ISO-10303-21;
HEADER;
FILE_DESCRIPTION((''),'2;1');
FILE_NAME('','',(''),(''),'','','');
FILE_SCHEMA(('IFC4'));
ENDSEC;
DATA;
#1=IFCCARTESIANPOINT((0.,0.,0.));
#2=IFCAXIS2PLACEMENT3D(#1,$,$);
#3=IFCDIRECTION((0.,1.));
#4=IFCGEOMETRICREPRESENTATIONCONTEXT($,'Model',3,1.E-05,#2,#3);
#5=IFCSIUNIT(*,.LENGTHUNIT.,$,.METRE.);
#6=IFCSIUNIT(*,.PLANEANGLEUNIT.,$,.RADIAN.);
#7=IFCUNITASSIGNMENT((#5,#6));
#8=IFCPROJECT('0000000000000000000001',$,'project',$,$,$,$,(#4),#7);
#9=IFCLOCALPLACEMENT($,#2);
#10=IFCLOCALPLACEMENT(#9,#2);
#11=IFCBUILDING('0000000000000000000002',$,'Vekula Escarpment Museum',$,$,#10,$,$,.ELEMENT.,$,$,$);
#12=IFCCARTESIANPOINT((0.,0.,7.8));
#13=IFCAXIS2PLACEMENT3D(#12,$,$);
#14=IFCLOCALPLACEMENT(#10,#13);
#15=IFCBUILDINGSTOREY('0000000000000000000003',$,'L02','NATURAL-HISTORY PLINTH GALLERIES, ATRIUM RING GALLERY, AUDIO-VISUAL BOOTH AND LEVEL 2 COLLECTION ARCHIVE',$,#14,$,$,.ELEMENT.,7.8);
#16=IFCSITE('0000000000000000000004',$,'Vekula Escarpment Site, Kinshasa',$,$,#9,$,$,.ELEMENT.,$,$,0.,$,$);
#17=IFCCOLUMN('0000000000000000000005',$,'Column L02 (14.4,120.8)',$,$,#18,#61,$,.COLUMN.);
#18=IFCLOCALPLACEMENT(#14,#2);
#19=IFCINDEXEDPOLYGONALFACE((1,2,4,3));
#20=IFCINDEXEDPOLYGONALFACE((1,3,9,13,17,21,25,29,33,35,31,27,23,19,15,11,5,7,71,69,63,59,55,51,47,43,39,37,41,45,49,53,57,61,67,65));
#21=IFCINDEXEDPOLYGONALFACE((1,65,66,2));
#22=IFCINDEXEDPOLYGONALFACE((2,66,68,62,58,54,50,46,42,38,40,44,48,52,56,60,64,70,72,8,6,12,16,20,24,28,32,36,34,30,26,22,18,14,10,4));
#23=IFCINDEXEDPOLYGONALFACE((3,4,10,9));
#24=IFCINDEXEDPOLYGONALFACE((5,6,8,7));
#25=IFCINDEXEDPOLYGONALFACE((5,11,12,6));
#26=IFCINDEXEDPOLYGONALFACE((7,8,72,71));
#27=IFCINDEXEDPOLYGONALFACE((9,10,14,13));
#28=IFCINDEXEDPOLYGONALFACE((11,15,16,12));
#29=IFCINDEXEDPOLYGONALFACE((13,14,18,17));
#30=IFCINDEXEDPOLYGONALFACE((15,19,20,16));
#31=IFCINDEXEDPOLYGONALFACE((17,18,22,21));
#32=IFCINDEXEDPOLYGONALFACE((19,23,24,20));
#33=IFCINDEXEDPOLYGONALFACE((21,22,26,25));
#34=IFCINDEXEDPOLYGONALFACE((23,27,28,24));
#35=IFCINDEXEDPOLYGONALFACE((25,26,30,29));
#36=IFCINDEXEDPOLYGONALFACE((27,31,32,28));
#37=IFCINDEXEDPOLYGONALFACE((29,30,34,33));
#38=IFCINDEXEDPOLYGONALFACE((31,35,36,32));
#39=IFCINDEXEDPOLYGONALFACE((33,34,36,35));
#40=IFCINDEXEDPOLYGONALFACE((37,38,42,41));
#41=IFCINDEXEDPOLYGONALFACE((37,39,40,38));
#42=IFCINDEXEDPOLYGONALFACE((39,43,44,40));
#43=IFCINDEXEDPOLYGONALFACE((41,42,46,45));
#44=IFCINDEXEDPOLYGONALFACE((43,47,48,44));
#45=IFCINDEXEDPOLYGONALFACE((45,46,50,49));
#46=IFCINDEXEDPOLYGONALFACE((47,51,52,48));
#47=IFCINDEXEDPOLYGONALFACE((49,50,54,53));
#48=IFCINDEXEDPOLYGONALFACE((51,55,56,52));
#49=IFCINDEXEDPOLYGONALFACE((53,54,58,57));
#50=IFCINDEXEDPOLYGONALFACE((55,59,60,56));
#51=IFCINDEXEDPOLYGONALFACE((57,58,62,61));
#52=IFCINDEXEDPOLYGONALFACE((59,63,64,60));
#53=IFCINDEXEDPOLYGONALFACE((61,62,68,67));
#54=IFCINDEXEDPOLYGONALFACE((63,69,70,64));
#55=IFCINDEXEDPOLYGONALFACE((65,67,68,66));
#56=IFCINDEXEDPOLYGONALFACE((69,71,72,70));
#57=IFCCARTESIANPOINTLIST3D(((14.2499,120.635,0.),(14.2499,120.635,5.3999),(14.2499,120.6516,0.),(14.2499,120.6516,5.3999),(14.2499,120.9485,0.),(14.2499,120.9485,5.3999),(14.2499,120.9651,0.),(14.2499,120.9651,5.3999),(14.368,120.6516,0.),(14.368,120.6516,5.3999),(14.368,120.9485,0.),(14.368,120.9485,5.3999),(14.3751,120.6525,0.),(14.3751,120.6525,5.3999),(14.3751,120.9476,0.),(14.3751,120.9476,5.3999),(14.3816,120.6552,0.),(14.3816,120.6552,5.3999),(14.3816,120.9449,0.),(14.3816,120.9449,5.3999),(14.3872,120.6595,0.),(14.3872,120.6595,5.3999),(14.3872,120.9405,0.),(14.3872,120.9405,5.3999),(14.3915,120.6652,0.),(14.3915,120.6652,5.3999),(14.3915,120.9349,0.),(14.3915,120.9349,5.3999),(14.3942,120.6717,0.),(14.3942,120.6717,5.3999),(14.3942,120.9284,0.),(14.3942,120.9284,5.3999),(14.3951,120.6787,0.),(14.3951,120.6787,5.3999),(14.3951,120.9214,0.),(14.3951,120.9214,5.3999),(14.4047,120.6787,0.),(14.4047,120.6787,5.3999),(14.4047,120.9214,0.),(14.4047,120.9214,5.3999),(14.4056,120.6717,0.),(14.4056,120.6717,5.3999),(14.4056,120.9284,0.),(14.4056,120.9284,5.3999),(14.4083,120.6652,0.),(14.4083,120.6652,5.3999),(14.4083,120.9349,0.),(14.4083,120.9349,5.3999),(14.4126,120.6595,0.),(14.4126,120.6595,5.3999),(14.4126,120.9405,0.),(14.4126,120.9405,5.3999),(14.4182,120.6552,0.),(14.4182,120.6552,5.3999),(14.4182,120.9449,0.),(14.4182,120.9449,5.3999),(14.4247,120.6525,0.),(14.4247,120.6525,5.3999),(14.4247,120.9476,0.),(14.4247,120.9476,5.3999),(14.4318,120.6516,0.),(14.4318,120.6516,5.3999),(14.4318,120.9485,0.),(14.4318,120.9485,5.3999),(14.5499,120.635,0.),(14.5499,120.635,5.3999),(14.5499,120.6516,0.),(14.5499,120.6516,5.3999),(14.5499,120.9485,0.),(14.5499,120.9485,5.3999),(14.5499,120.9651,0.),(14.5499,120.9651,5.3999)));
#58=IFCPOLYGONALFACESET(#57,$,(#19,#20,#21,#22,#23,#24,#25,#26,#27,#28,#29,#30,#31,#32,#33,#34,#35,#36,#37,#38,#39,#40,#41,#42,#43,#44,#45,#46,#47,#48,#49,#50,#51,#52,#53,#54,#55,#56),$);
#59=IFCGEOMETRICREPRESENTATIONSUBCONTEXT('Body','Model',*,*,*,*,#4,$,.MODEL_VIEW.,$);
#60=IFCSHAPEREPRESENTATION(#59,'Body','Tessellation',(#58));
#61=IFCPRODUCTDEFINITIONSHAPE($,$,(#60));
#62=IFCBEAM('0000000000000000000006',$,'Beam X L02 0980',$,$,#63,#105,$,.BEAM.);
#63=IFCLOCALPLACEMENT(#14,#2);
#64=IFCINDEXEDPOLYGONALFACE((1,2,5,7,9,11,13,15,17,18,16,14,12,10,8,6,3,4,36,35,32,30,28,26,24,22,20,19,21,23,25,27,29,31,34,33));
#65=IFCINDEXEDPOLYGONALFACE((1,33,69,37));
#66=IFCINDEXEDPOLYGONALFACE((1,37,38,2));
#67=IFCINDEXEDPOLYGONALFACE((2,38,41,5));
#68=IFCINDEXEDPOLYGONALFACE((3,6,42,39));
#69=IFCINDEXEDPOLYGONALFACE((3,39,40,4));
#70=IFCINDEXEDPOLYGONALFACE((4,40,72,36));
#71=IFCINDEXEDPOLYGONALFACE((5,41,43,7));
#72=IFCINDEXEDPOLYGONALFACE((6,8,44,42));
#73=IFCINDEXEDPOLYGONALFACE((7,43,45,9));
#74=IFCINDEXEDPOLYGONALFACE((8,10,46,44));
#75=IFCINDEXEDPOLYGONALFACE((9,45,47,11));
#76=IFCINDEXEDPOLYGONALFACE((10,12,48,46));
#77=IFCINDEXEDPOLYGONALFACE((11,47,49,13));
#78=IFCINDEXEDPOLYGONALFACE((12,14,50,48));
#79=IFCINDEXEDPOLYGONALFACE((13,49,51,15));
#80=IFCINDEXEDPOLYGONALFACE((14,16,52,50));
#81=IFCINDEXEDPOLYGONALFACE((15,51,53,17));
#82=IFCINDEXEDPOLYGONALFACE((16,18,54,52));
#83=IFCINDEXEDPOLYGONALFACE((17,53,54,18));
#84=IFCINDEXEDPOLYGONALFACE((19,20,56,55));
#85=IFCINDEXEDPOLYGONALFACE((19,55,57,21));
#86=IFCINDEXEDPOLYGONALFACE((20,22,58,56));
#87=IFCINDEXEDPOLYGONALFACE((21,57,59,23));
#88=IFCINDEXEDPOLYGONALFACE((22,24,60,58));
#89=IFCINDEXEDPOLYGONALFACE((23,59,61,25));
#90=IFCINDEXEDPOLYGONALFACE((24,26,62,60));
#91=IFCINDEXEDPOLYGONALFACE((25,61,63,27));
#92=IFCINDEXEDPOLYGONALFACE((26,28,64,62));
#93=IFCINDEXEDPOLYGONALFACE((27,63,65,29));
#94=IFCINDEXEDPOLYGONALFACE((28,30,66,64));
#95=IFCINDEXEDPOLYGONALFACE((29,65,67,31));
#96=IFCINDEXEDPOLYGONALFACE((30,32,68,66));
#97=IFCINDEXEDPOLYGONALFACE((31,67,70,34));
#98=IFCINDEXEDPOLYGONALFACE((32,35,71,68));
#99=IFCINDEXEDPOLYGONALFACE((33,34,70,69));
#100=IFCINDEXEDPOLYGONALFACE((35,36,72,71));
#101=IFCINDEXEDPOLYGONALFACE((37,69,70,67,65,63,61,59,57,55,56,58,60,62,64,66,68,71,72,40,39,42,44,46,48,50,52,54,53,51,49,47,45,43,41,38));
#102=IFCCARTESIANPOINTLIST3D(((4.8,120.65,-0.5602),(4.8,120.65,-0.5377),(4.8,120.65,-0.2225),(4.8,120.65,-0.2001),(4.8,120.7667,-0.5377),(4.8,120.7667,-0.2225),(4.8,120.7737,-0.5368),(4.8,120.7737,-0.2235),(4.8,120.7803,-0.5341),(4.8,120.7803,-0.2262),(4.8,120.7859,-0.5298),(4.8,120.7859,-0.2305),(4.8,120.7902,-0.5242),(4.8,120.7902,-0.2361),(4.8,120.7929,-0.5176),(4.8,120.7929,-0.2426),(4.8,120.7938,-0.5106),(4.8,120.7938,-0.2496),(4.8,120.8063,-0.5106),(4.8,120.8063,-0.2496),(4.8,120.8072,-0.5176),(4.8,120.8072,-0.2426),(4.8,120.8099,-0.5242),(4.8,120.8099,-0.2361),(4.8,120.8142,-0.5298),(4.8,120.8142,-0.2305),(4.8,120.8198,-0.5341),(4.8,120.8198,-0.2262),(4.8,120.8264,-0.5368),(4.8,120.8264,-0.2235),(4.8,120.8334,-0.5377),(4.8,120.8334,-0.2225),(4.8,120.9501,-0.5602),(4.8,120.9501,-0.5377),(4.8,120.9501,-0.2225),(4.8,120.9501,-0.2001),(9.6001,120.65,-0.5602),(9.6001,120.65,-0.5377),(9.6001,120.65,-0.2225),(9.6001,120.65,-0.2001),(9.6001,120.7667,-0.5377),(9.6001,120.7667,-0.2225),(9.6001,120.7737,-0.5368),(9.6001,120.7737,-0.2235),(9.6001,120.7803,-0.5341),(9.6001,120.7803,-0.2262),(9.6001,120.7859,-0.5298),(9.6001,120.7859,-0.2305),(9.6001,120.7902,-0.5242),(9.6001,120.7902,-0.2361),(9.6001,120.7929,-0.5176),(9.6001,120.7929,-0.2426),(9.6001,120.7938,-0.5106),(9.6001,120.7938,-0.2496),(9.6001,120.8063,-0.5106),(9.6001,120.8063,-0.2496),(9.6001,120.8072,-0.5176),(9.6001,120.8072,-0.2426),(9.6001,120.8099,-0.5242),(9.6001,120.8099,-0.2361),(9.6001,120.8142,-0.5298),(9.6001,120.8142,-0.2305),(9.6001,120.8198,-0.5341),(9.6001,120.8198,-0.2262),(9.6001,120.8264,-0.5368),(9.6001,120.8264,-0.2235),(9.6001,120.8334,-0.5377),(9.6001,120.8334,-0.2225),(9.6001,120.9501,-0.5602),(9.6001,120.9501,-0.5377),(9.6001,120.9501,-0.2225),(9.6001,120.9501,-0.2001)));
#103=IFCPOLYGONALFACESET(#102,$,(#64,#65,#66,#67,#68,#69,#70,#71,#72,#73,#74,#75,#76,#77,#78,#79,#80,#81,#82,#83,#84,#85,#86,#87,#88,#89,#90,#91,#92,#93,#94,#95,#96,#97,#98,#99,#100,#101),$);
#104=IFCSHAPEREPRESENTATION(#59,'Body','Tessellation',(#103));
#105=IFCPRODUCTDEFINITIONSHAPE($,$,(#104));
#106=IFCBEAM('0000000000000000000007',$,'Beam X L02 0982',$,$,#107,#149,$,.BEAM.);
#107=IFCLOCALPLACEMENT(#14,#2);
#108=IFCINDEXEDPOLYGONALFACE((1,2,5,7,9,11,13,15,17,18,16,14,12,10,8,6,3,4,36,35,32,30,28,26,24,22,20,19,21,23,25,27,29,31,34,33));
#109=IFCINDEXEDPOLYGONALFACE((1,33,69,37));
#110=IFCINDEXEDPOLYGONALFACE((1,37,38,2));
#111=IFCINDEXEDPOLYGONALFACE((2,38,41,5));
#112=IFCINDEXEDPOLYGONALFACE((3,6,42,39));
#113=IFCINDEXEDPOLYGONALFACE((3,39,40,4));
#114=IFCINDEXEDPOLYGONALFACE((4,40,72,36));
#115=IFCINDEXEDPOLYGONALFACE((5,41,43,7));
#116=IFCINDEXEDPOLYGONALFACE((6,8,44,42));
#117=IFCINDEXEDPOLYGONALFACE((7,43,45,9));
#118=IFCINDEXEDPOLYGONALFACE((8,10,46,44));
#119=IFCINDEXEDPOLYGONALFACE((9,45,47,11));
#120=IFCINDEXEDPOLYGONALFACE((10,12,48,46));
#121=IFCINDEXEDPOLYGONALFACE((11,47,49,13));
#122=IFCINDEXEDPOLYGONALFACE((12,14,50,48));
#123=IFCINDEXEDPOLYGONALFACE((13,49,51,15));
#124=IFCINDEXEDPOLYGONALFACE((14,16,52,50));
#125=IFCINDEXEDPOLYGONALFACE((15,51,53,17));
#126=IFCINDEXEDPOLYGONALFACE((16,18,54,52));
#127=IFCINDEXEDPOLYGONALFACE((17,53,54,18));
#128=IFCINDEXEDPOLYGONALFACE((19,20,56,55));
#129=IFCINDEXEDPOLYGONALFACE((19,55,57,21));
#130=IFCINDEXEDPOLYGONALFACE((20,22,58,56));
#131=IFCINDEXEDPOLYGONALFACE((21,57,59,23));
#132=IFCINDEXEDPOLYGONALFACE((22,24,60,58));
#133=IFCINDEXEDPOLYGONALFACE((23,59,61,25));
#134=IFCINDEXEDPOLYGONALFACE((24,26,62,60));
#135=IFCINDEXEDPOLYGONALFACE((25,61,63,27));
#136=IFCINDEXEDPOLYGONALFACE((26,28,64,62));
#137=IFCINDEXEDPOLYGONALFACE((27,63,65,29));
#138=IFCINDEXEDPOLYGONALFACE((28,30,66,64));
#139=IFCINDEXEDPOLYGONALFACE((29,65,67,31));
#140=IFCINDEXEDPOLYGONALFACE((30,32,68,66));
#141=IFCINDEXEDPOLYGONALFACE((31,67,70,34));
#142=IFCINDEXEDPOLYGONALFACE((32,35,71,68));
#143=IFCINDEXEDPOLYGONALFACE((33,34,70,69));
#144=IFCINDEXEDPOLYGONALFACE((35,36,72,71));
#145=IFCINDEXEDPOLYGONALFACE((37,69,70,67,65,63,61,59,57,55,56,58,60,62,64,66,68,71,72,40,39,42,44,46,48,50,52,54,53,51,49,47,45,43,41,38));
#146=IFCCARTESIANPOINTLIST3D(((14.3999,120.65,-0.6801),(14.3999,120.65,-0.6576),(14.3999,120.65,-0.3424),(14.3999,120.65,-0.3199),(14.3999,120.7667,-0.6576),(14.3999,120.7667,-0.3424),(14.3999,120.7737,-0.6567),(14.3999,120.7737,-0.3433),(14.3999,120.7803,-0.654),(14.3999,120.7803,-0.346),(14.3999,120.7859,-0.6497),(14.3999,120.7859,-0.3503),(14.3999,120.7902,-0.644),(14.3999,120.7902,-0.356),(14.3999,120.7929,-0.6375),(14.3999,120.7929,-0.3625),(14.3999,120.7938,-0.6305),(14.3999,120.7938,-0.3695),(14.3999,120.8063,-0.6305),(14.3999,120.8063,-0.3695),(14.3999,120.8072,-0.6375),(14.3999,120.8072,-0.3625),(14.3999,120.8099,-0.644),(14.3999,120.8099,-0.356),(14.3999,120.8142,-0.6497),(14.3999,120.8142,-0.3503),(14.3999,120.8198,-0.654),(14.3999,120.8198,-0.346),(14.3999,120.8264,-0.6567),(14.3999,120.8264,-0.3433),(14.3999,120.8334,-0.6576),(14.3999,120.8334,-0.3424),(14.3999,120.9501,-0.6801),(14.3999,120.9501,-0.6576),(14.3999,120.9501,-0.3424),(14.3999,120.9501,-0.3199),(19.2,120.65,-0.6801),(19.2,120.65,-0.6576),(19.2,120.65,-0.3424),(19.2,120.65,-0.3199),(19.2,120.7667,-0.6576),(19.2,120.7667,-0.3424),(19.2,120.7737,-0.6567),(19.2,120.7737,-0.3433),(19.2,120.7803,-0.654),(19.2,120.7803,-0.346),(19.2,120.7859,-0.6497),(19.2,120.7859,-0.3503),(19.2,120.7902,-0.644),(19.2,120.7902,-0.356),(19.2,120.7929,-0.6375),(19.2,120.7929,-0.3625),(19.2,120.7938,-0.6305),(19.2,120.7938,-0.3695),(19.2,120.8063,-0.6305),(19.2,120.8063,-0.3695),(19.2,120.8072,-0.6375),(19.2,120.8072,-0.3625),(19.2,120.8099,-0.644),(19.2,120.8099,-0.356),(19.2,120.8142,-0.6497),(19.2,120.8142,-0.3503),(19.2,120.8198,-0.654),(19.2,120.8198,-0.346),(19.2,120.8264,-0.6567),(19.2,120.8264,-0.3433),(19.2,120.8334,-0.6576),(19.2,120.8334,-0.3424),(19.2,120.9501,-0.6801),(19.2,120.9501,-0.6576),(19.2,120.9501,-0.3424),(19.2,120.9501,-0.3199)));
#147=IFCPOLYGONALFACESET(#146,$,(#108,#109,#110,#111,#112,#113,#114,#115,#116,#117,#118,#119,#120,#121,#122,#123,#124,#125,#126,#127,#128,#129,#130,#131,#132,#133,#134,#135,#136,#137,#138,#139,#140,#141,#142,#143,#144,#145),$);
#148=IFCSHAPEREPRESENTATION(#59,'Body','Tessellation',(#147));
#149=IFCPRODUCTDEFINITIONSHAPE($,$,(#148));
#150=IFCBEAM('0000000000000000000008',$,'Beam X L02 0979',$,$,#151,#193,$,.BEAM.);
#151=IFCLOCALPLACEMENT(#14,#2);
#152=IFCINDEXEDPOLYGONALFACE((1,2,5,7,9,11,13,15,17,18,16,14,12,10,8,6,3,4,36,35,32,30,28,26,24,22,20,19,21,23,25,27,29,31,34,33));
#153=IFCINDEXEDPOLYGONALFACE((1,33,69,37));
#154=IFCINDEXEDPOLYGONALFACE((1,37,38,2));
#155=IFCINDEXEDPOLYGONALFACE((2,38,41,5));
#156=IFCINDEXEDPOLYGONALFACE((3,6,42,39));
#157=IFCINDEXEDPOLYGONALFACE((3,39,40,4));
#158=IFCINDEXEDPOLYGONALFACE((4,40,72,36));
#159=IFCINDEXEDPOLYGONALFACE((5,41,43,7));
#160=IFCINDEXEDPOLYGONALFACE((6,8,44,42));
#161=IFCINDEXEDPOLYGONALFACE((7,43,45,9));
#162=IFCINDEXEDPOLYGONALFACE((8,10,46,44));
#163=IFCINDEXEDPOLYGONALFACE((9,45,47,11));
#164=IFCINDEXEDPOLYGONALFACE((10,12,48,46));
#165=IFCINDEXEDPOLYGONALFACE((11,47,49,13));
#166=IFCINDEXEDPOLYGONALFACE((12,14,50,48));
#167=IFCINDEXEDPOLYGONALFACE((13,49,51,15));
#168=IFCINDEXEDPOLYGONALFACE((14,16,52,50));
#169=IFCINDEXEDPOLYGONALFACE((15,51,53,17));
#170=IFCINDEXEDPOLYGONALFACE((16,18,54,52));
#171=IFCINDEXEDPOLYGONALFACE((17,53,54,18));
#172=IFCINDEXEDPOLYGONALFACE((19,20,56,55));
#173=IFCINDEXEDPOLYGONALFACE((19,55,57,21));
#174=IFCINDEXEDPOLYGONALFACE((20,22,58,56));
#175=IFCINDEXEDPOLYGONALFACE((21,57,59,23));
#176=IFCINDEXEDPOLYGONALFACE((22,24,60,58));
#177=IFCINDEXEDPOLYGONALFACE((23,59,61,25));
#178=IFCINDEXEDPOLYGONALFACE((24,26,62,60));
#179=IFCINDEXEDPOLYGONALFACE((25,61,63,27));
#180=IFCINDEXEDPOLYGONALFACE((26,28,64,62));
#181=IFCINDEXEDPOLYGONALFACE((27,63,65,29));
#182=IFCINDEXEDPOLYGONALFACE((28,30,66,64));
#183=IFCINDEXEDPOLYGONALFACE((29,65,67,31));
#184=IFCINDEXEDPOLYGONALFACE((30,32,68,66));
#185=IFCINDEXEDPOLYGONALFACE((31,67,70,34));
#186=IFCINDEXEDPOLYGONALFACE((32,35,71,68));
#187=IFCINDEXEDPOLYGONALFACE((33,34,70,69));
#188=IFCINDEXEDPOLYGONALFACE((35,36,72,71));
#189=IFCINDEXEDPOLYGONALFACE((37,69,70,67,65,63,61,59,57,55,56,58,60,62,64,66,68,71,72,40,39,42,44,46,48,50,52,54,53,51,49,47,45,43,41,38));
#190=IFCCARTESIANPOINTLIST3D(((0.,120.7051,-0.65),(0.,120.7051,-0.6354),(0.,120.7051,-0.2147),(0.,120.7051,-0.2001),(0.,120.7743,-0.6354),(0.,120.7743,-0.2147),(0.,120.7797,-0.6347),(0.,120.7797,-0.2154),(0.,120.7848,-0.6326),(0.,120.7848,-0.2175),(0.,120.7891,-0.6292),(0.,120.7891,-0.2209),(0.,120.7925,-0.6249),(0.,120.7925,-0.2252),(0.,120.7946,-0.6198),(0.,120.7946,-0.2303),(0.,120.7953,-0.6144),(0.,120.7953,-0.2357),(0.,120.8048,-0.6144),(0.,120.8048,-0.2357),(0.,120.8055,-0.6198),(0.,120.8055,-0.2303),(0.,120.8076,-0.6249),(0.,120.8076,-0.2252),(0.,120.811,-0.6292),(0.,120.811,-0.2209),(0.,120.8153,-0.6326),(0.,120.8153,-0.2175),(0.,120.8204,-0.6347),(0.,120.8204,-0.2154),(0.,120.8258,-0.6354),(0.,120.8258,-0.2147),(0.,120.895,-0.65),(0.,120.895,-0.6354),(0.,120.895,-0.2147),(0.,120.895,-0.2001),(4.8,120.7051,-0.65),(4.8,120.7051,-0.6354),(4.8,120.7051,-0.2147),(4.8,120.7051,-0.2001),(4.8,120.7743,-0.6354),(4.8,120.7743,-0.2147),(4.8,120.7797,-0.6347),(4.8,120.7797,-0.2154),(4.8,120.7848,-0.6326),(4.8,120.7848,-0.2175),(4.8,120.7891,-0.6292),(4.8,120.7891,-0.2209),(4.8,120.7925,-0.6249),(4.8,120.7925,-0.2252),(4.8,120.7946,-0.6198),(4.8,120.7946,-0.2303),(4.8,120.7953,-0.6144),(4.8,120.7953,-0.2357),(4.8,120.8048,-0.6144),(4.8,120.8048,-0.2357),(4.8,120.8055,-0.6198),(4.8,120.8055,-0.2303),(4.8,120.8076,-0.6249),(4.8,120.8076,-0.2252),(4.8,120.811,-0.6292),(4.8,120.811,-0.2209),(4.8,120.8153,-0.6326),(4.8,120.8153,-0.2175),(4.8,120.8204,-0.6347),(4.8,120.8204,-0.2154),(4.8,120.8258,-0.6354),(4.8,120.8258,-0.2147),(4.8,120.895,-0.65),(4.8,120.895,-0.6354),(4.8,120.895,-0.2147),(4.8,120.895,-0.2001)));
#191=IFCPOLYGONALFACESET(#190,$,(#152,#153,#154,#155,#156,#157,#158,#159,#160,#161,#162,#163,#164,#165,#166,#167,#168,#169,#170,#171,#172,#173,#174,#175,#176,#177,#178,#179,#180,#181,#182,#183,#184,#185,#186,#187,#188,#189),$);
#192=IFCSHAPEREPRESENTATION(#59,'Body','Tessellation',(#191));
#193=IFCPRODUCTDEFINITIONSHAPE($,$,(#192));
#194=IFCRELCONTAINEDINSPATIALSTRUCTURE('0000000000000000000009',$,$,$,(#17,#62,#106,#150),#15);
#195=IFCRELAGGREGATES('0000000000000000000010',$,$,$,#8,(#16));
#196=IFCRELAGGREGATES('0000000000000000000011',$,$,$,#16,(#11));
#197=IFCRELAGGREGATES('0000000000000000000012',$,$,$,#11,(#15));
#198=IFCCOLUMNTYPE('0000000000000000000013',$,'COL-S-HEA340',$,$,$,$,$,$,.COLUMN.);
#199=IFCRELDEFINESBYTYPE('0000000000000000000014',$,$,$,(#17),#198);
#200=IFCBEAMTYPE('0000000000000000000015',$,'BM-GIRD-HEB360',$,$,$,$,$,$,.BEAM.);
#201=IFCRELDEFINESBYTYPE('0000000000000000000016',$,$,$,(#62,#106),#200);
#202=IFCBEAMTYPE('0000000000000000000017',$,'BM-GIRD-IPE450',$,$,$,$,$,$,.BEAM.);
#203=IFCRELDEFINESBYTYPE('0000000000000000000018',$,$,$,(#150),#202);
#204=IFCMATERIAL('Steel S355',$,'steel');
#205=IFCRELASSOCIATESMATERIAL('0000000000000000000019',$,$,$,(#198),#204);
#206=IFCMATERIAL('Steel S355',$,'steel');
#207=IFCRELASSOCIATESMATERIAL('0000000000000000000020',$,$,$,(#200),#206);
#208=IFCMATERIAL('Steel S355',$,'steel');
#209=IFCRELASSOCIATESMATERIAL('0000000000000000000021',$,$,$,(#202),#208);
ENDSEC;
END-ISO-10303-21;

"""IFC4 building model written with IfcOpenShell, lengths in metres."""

from ifc_helpers import new_model, si_unit, direction, frame, origin, origin_2d, place, context, subcontext, project, spatial, i_section, extrude, material, material_profile, profile_set, type_object, element, save


model = new_model("IFC4")

# Units and contexts
model_context = context("Model", 3, precision=1e-05, world=origin(), true_north=direction((0.0, 1.0)))
body_context = subcontext(model_context, "Body", "Model", "MODEL_VIEW")
ifc_project = project(units=[si_unit("LENGTHUNIT", "METRE"), si_unit("PLANEANGLEUNIT", "RADIAN")], contexts=[model_context])

# Site, building, storey
site_placement = place(None, origin())
site = spatial("IfcSite", under=ifc_project, at=site_placement, Name="Vekula Escarpment Site, Kinshasa", CompositionType="ELEMENT", RefElevation=0.0)
building_placement = place(site_placement, origin())
building = spatial("IfcBuilding", under=site, at=building_placement, Name="Vekula Escarpment Museum", CompositionType="ELEMENT")
storey_placement = place(building_placement, frame((0.0, 0.0, 7.8)))
storey = spatial("IfcBuildingStorey", under=building, at=storey_placement, Name="L02", Description="NATURAL-HISTORY PLINTH GALLERIES, ATRIUM RING GALLERY, AUDIO-VISUAL BOOTH AND LEVEL 2 COLLECTION ARCHIVE", CompositionType="ELEMENT", Elevation=7.8)

# Column
ifc_material_1 = material(Name="Steel S355", Category="steel")
ifc_material_profile_1 = material_profile(ifc_material_1, i_section(OverallWidth=0.3, OverallDepth=0.3301, WebThickness=0.0095, FlangeThickness=0.0166, FilletRadius=0.0271, at=origin_2d()), Name="HEA 340")
ifc_profile_set_1 = profile_set([ifc_material_profile_1], Name="Steel S355")
column_type = type_object("IfcColumnType", Name="COL-S-HEA340", PredefinedType="COLUMN", material=ifc_profile_set_1)
column_placement = place(storey_placement, frame((14.3999, 120.8, 0.0), z_axis=(0.0, 0.0, 1.0), x_axis=(1.0, 0.0, 0.0)))
element("IfcColumn", 1, at=column_placement, inside=storey, type_object=column_type, Name="Column L02 (14.4,120.8)", PredefinedType="COLUMN", context=body_context, shape_type="SweptSolid", body=[
    extrude(i_section(OverallWidth=0.3, OverallDepth=0.3301, WebThickness=0.0095, FlangeThickness=0.0166, FilletRadius=0.0271, at=origin_2d()), origin(), (0.0, 0.0, 1.0), 5.3999),
])

# Beams
ifc_material_2 = material(Name="Steel S355", Category="steel")
ifc_material_profile_2 = material_profile(ifc_material_2, i_section(OverallWidth=0.3, OverallDepth=0.3601, WebThickness=0.0125, FlangeThickness=0.0225, FilletRadius=0.0271, at=origin_2d()), Name="HEB 360")
ifc_profile_set_2 = profile_set([ifc_material_profile_2], Name="Steel S355")
beam_type_1 = type_object("IfcBeamType", Name="BM-GIRD-HEB360", PredefinedType="BEAM", material=ifc_profile_set_2)
for number, where, z_axis, x_axis, name in (
    (2, (4.8, 120.8, -0.3801), (1.0, 0.0, 0.0), (0.0, 1.0, 0.0), "Beam X L02 0980"),
    (3, (14.3999, 120.8, -0.5), (1.0, 0.0, 0.0), (0.0, 1.0, 0.0), "Beam X L02 0982"),
):
    element("IfcBeam", number, at=place(storey_placement, frame(where, z_axis=z_axis, x_axis=x_axis)), inside=storey, type_object=beam_type_1, Name=name, PredefinedType="BEAM", context=body_context, shape_type="SweptSolid", body=[
        extrude(i_section(OverallWidth=0.3, OverallDepth=0.3601, WebThickness=0.0125, FlangeThickness=0.0225, FilletRadius=0.0271, at=origin_2d()), origin(), (0.0, 0.0, 1.0), 4.8),
    ])
ifc_material_3 = material(Name="Steel S355", Category="steel")
ifc_material_profile_3 = material_profile(ifc_material_3, i_section(OverallWidth=0.1899, OverallDepth=0.45, WebThickness=0.0095, FlangeThickness=0.0146, FilletRadius=0.021, at=origin_2d()), Name="IPE 450")
ifc_profile_set_3 = profile_set([ifc_material_profile_3], Name="Steel S355")
beam_type_2 = type_object("IfcBeamType", Name="BM-GIRD-IPE450", PredefinedType="BEAM", material=ifc_profile_set_3)
beam_1_placement = place(storey_placement, frame((0.0, 120.8, -0.425), z_axis=(1.0, 0.0, 0.0), x_axis=(0.0, 1.0, 0.0)))
element("IfcBeam", 4, at=beam_1_placement, inside=storey, type_object=beam_type_2, Name="Beam X L02 0979", PredefinedType="BEAM", context=body_context, shape_type="SweptSolid", body=[
    extrude(i_section(OverallWidth=0.1899, OverallDepth=0.45, WebThickness=0.0095, FlangeThickness=0.0146, FilletRadius=0.021, at=origin_2d()), origin(), (0.0, 0.0, 1.0), 4.8),
])

save(model, "model.ifc")
